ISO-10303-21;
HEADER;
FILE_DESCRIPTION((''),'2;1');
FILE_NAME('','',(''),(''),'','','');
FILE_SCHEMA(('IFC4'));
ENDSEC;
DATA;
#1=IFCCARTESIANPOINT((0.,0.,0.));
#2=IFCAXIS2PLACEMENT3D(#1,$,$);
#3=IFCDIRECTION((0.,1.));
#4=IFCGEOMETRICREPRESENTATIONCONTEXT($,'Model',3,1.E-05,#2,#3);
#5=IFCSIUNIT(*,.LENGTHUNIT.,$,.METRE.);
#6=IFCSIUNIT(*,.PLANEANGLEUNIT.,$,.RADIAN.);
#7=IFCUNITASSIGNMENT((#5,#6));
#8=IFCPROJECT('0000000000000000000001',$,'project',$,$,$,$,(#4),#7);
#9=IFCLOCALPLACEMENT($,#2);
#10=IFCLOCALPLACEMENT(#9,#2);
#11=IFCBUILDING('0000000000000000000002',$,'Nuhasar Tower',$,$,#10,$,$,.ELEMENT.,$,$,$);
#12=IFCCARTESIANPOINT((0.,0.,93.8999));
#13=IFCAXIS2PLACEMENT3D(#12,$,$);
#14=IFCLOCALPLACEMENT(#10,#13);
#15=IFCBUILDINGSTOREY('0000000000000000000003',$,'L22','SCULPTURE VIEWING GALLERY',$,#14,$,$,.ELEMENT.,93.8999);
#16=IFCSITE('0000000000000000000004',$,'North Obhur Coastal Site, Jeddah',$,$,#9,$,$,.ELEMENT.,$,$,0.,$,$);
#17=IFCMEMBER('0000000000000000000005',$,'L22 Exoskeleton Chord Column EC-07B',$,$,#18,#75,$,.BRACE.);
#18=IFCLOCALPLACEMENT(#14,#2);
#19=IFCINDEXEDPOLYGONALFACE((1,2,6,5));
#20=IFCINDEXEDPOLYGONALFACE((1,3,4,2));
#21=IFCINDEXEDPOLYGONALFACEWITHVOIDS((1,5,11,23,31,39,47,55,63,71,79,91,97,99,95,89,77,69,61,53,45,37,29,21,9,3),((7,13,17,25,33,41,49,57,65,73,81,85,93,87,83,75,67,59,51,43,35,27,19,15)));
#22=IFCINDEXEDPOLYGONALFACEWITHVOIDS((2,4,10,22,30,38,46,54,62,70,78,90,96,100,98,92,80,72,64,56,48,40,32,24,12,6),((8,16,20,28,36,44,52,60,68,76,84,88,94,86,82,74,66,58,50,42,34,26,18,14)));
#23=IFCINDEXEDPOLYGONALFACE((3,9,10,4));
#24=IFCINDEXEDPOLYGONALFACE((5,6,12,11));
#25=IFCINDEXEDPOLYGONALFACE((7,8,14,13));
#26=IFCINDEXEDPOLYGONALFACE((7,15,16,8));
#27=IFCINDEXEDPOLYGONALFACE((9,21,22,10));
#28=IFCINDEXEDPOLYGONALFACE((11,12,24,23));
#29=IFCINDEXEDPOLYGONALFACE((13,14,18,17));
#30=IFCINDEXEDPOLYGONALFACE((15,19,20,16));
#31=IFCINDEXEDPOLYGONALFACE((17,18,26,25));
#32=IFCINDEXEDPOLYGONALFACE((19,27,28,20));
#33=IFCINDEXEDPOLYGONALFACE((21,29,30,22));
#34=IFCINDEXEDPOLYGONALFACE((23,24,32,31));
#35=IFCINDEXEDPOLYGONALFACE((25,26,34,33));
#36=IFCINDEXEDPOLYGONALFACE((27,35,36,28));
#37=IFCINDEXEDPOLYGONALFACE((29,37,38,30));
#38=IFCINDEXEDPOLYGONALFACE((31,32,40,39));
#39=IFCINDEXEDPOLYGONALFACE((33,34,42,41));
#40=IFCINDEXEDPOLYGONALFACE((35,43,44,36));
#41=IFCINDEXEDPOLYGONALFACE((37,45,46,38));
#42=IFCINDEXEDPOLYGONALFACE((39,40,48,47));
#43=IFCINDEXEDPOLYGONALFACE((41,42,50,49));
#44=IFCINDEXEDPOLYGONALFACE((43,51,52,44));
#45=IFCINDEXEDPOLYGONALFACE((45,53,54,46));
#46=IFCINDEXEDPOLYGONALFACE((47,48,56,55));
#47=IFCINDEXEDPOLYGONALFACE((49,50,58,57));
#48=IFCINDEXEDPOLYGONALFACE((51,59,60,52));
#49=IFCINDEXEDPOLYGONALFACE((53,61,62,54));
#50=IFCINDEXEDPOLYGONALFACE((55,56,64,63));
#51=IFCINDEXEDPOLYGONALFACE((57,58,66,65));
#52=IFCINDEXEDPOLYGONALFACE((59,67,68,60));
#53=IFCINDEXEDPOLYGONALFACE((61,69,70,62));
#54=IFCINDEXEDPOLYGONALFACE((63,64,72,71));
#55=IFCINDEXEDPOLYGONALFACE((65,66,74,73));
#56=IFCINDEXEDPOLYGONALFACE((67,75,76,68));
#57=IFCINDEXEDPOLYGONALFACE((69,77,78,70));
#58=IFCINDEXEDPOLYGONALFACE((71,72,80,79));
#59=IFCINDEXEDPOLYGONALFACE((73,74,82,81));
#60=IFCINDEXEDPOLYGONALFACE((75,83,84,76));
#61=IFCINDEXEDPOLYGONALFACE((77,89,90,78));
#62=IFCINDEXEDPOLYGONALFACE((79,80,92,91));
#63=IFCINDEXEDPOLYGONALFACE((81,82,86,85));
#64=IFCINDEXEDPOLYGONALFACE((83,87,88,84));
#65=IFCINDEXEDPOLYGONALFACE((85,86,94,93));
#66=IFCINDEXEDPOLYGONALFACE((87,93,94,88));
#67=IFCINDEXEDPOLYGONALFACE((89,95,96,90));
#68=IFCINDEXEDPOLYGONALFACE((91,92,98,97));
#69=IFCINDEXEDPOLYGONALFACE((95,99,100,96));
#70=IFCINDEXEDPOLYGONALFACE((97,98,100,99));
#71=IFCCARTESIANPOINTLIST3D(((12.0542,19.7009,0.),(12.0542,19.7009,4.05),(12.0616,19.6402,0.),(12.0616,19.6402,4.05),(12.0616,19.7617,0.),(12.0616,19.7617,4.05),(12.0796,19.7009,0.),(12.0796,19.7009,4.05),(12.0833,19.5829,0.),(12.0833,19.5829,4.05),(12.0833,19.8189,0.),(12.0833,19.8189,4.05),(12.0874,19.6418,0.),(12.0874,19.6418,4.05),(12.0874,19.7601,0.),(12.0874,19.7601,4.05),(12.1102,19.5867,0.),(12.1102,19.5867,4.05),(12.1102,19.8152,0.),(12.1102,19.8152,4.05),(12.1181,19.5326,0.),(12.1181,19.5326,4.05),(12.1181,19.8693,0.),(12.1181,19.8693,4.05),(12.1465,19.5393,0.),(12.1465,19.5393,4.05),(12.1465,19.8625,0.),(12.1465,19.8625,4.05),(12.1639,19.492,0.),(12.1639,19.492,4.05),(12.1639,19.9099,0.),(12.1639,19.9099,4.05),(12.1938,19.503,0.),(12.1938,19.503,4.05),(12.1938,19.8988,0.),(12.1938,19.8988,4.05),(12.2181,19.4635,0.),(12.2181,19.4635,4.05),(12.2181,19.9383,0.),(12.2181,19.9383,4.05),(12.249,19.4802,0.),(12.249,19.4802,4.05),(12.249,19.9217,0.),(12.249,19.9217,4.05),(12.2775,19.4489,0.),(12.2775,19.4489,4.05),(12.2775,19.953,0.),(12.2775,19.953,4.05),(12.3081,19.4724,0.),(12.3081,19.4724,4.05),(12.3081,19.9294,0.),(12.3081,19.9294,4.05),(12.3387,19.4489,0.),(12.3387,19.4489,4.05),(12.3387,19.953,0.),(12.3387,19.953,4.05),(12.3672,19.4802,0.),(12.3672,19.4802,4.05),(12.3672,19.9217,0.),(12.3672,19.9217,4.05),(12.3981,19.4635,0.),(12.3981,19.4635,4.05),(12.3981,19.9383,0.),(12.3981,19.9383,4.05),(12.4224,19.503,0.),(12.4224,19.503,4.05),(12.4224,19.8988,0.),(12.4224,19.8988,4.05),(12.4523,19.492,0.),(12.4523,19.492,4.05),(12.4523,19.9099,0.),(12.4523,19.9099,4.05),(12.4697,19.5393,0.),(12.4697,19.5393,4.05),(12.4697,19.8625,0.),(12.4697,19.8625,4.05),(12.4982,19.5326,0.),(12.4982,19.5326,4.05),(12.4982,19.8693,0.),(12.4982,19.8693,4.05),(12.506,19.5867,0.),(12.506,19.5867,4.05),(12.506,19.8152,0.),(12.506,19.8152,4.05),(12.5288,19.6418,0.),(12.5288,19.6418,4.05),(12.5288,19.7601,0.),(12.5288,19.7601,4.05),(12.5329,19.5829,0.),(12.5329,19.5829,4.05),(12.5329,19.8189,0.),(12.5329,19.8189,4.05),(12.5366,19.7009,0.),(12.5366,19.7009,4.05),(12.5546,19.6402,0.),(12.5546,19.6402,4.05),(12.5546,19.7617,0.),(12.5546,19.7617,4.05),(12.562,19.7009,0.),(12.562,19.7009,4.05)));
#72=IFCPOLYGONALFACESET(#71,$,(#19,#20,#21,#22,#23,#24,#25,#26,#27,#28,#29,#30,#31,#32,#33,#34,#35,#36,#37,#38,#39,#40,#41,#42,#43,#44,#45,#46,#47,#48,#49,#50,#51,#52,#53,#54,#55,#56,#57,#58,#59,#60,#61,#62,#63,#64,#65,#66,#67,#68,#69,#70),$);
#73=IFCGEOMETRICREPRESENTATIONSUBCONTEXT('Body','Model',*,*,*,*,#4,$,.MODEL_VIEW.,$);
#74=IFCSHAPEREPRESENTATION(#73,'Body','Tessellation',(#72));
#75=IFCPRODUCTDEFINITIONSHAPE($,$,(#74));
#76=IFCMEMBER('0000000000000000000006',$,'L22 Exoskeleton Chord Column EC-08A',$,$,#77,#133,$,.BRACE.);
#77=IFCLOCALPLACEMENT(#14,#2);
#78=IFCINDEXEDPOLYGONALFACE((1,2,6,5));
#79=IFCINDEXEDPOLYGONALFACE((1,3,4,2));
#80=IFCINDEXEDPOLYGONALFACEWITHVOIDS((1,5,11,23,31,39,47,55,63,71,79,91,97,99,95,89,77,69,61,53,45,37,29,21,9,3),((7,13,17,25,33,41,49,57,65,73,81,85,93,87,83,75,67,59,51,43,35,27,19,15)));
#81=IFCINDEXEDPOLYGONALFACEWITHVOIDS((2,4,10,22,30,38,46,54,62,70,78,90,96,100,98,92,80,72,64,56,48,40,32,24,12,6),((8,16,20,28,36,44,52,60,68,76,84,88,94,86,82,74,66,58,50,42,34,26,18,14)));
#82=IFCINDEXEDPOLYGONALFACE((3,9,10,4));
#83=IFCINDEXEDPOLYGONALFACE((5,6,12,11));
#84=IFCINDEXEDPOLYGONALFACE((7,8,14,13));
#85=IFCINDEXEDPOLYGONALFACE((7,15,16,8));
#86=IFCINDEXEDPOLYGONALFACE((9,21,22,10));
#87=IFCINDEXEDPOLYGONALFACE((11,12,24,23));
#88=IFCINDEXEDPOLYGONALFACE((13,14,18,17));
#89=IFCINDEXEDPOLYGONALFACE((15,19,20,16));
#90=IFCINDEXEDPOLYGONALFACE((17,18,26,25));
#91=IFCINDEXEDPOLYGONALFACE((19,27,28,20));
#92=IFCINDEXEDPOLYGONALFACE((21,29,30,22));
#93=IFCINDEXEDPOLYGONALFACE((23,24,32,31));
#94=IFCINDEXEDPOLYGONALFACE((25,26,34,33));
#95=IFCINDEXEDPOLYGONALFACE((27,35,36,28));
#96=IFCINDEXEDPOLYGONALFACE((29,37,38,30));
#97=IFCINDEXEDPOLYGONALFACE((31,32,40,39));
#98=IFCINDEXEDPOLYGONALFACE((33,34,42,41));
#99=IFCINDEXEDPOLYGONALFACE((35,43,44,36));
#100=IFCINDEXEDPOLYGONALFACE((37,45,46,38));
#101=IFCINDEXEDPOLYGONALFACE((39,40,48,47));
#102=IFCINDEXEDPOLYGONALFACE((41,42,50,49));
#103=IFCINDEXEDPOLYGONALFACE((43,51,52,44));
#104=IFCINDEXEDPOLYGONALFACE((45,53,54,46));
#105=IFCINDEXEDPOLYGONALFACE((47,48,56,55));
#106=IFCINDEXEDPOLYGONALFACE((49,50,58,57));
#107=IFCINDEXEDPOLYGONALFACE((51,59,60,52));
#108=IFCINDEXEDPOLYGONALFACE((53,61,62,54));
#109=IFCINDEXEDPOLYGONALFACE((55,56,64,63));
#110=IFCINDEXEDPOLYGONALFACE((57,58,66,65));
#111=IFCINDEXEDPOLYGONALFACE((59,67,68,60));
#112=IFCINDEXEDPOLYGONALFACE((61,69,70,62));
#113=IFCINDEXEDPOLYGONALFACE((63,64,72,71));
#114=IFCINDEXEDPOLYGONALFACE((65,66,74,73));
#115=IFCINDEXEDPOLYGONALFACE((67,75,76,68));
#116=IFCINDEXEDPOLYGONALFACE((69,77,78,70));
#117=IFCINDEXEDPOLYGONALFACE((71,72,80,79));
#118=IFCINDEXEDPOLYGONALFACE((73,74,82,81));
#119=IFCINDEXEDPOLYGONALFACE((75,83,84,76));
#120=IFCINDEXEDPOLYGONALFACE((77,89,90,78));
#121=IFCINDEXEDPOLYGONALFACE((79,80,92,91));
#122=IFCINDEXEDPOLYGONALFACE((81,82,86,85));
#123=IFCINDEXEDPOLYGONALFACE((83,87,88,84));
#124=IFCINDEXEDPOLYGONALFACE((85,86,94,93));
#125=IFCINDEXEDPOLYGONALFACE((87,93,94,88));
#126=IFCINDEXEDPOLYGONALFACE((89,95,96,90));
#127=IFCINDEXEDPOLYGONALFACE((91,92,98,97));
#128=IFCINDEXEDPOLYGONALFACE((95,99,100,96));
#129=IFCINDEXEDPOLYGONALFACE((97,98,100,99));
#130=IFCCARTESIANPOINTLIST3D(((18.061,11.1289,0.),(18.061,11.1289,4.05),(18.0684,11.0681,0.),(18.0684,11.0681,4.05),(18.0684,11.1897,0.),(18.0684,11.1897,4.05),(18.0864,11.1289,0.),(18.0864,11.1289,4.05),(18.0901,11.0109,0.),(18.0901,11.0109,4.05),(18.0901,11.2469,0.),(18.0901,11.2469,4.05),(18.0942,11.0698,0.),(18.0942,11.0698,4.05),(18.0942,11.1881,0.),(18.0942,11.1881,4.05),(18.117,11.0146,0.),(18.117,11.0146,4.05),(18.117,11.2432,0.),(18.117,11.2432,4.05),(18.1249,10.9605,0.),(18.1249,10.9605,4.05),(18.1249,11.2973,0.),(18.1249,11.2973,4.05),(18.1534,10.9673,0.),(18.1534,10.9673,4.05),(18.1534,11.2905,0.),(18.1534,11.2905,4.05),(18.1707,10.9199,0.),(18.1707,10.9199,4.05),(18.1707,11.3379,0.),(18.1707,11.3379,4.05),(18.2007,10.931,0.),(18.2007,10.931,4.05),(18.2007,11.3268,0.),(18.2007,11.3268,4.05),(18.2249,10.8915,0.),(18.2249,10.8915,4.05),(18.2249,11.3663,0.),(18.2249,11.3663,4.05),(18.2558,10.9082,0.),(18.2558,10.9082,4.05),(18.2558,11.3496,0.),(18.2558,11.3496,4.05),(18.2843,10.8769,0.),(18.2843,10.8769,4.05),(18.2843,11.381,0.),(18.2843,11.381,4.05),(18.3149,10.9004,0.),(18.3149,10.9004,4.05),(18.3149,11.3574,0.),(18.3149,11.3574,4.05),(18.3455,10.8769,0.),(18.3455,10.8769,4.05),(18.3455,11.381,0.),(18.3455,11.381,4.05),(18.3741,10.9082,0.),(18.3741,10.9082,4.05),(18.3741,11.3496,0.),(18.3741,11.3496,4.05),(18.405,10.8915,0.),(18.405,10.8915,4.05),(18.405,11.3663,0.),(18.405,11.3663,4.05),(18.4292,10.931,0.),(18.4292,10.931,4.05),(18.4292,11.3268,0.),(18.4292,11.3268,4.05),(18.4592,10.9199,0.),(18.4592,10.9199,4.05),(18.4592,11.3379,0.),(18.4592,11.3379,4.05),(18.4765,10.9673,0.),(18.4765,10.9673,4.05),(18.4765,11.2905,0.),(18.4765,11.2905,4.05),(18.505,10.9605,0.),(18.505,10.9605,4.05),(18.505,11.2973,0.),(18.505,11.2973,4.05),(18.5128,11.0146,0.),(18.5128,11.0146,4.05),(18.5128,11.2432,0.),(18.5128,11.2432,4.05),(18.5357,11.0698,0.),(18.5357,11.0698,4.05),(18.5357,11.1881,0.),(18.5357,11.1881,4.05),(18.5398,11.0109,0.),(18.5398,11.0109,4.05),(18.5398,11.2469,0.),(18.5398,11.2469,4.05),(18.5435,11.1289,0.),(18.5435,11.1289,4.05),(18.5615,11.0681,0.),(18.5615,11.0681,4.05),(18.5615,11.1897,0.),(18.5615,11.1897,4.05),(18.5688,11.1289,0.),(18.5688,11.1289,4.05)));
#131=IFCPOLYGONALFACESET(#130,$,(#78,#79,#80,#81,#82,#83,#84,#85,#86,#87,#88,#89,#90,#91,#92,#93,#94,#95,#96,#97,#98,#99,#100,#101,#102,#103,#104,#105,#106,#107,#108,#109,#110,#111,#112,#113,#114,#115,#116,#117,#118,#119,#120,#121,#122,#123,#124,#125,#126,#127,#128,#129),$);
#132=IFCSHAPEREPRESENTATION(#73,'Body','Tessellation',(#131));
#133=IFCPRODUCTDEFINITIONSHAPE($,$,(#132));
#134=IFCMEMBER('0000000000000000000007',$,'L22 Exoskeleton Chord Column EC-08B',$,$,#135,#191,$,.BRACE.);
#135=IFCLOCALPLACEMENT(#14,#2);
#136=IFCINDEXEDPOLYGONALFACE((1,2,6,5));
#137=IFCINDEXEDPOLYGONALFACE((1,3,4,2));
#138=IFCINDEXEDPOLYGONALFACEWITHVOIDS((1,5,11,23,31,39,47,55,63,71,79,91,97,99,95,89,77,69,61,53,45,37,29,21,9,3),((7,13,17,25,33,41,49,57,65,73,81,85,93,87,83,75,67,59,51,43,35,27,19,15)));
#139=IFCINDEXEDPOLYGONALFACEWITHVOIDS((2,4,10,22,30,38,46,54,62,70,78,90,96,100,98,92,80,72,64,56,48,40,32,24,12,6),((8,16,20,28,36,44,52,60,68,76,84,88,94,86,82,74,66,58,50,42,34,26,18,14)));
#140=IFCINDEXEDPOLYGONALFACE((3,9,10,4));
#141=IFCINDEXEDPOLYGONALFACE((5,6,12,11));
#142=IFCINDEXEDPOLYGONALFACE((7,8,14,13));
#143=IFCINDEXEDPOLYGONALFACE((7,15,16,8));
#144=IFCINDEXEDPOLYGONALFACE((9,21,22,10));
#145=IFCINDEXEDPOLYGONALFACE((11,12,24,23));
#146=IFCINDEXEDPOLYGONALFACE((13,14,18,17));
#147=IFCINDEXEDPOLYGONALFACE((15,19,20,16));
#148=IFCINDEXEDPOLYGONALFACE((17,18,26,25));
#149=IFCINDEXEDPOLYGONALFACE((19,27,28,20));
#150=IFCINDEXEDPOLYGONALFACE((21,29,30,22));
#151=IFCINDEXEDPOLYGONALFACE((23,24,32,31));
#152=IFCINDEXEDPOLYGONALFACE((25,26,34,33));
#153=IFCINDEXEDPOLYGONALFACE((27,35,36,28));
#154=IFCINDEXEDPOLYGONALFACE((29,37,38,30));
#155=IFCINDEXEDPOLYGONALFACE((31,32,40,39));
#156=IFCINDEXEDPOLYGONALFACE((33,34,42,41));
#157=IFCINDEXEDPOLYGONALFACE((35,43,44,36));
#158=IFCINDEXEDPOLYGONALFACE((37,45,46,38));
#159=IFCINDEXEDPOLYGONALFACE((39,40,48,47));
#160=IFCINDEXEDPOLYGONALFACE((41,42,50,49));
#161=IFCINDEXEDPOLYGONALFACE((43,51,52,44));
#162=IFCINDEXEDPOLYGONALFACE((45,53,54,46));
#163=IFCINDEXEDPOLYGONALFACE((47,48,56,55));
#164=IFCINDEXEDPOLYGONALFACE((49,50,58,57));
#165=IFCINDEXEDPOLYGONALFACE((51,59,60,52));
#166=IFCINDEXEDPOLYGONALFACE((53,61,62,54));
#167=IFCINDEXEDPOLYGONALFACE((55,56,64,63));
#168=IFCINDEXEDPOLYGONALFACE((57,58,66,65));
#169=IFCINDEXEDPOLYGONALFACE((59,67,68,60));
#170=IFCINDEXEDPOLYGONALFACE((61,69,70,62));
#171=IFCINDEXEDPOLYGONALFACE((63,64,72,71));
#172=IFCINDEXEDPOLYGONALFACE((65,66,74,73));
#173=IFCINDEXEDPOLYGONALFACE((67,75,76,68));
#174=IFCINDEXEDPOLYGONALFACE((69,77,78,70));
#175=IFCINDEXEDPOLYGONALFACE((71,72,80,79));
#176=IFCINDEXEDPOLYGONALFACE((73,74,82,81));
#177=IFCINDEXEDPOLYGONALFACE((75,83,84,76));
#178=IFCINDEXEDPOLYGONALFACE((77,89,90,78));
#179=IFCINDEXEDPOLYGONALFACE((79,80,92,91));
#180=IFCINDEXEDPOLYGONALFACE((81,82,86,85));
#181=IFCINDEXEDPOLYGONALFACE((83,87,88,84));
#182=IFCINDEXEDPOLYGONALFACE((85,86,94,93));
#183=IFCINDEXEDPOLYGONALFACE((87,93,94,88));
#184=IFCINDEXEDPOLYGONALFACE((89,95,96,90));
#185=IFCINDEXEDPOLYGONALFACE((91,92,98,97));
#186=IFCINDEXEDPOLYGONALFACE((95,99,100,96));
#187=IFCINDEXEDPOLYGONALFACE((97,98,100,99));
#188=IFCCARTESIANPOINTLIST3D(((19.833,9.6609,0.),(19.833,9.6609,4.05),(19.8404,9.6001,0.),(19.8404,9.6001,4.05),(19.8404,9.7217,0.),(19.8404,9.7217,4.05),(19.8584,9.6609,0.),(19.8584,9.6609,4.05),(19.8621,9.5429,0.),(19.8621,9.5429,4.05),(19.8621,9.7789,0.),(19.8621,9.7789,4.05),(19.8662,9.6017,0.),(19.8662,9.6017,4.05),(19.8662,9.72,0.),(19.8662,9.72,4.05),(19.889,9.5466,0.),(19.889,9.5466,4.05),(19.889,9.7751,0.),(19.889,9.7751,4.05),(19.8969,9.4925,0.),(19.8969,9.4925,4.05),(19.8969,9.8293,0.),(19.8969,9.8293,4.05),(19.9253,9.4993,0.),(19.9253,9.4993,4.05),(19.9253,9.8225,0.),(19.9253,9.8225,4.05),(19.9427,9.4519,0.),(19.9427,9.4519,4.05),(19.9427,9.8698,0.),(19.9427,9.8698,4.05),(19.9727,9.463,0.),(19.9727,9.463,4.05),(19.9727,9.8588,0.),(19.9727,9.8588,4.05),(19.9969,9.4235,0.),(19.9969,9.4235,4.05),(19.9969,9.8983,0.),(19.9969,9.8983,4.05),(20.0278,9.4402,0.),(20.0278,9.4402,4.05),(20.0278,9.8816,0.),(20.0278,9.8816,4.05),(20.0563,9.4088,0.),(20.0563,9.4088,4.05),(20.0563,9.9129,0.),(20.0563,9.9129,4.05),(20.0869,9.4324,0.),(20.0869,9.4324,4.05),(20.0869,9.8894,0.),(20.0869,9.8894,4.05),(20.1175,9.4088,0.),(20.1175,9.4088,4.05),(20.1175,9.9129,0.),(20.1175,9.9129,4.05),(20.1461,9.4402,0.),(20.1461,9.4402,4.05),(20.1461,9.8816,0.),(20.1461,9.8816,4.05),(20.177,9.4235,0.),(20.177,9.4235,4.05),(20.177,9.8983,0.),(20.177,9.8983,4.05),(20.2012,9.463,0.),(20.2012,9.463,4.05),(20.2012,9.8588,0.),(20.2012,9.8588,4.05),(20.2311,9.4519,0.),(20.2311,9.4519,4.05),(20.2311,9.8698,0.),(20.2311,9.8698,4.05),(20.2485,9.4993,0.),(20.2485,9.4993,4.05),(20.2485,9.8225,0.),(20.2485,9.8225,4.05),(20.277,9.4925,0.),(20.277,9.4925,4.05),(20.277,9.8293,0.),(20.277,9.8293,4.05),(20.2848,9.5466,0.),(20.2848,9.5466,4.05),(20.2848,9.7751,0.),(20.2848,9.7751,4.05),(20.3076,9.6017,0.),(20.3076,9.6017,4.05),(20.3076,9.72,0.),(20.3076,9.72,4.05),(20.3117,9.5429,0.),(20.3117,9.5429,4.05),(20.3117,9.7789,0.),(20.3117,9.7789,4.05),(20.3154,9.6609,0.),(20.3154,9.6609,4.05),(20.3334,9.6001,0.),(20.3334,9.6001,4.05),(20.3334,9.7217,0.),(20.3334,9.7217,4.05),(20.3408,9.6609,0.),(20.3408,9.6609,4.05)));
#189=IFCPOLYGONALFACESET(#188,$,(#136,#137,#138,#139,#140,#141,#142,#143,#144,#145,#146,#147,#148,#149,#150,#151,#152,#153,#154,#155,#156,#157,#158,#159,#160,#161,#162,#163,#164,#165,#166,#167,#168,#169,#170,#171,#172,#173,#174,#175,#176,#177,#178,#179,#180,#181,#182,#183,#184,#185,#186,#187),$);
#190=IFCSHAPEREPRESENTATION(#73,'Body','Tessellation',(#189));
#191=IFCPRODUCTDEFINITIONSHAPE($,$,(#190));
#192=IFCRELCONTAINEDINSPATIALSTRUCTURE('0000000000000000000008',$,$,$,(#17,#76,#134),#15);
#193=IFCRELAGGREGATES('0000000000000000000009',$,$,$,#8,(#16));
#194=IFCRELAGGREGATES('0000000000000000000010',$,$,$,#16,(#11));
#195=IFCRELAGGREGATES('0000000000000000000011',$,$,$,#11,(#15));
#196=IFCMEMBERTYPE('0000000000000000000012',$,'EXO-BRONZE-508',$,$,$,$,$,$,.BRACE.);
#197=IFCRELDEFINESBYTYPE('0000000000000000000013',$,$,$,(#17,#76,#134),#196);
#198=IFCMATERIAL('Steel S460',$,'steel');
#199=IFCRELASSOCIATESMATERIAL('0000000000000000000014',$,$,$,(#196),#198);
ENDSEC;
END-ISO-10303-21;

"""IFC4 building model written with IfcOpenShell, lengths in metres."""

from ifc_helpers import new_model, si_unit, direction, frame, origin, origin_2d, place, context, subcontext, project, spatial, hollow_circle, extrude, material, material_profile, profile_set, type_object, element, save


model = new_model("IFC4")

# Units and contexts
model_context = context("Model", 3, precision=1e-05, world=origin(), true_north=direction((0.0, 1.0)))
body_context = subcontext(model_context, "Body", "Model", "MODEL_VIEW")
ifc_project = project(units=[si_unit("LENGTHUNIT", "METRE"), si_unit("PLANEANGLEUNIT", "RADIAN")], contexts=[model_context])

# Site, building, storey
site_placement = place(None, origin())
site = spatial("IfcSite", under=ifc_project, at=site_placement, Name="North Obhur Coastal Site, Jeddah", CompositionType="ELEMENT", RefElevation=0.0)
building_placement = place(site_placement, origin())
building = spatial("IfcBuilding", under=site, at=building_placement, Name="Nuhasar Tower", CompositionType="ELEMENT")
storey_placement = place(building_placement, frame((0.0, 0.0, 93.8999)))
storey = spatial("IfcBuildingStorey", under=building, at=storey_placement, Name="L22", Description="SCULPTURE VIEWING GALLERY", CompositionType="ELEMENT", Elevation=93.8999)

# Members
ifc_material_1 = material(Name="Steel S460", Category="steel")
ifc_material_profile_1 = material_profile(ifc_material_1, hollow_circle(Radius=0.2539, WallThickness=0.0254, at=origin_2d()), Name="HSS508X25.4")
ifc_profile_set_1 = profile_set([ifc_material_profile_1], Name="Steel S460")
member_type_1 = type_object("IfcMemberType", Name="EXO-BRONZE-508", PredefinedType="BRACE", material=ifc_profile_set_1)
for number, where, z_axis, x_axis, name in (
    (1, (12.3081, 19.7009, 0.0), (0.0, 0.0, 1.0), (1.0, 0.0, 0.0), "L22 Exoskeleton Chord Column EC-07B"),
    (2, (18.3149, 11.1289, 0.0), (0.0, 0.0, 1.0), (1.0, 0.0, 0.0), "L22 Exoskeleton Chord Column EC-08A"),
    (3, (20.0869, 9.6609, 0.0), (0.0, 0.0, 1.0), (1.0, 0.0, 0.0), "L22 Exoskeleton Chord Column EC-08B"),
):
    element("IfcMember", number, at=place(storey_placement, frame(where, z_axis=z_axis, x_axis=x_axis)), inside=storey, type_object=member_type_1, Name=name, PredefinedType="BRACE", context=body_context, shape_type="SweptSolid", body=[
        extrude(hollow_circle(Radius=0.2539, WallThickness=0.0254, at=origin_2d()), origin(), (0.0, 0.0, 1.0), 4.05),
    ])

save(model, "model.ifc")
